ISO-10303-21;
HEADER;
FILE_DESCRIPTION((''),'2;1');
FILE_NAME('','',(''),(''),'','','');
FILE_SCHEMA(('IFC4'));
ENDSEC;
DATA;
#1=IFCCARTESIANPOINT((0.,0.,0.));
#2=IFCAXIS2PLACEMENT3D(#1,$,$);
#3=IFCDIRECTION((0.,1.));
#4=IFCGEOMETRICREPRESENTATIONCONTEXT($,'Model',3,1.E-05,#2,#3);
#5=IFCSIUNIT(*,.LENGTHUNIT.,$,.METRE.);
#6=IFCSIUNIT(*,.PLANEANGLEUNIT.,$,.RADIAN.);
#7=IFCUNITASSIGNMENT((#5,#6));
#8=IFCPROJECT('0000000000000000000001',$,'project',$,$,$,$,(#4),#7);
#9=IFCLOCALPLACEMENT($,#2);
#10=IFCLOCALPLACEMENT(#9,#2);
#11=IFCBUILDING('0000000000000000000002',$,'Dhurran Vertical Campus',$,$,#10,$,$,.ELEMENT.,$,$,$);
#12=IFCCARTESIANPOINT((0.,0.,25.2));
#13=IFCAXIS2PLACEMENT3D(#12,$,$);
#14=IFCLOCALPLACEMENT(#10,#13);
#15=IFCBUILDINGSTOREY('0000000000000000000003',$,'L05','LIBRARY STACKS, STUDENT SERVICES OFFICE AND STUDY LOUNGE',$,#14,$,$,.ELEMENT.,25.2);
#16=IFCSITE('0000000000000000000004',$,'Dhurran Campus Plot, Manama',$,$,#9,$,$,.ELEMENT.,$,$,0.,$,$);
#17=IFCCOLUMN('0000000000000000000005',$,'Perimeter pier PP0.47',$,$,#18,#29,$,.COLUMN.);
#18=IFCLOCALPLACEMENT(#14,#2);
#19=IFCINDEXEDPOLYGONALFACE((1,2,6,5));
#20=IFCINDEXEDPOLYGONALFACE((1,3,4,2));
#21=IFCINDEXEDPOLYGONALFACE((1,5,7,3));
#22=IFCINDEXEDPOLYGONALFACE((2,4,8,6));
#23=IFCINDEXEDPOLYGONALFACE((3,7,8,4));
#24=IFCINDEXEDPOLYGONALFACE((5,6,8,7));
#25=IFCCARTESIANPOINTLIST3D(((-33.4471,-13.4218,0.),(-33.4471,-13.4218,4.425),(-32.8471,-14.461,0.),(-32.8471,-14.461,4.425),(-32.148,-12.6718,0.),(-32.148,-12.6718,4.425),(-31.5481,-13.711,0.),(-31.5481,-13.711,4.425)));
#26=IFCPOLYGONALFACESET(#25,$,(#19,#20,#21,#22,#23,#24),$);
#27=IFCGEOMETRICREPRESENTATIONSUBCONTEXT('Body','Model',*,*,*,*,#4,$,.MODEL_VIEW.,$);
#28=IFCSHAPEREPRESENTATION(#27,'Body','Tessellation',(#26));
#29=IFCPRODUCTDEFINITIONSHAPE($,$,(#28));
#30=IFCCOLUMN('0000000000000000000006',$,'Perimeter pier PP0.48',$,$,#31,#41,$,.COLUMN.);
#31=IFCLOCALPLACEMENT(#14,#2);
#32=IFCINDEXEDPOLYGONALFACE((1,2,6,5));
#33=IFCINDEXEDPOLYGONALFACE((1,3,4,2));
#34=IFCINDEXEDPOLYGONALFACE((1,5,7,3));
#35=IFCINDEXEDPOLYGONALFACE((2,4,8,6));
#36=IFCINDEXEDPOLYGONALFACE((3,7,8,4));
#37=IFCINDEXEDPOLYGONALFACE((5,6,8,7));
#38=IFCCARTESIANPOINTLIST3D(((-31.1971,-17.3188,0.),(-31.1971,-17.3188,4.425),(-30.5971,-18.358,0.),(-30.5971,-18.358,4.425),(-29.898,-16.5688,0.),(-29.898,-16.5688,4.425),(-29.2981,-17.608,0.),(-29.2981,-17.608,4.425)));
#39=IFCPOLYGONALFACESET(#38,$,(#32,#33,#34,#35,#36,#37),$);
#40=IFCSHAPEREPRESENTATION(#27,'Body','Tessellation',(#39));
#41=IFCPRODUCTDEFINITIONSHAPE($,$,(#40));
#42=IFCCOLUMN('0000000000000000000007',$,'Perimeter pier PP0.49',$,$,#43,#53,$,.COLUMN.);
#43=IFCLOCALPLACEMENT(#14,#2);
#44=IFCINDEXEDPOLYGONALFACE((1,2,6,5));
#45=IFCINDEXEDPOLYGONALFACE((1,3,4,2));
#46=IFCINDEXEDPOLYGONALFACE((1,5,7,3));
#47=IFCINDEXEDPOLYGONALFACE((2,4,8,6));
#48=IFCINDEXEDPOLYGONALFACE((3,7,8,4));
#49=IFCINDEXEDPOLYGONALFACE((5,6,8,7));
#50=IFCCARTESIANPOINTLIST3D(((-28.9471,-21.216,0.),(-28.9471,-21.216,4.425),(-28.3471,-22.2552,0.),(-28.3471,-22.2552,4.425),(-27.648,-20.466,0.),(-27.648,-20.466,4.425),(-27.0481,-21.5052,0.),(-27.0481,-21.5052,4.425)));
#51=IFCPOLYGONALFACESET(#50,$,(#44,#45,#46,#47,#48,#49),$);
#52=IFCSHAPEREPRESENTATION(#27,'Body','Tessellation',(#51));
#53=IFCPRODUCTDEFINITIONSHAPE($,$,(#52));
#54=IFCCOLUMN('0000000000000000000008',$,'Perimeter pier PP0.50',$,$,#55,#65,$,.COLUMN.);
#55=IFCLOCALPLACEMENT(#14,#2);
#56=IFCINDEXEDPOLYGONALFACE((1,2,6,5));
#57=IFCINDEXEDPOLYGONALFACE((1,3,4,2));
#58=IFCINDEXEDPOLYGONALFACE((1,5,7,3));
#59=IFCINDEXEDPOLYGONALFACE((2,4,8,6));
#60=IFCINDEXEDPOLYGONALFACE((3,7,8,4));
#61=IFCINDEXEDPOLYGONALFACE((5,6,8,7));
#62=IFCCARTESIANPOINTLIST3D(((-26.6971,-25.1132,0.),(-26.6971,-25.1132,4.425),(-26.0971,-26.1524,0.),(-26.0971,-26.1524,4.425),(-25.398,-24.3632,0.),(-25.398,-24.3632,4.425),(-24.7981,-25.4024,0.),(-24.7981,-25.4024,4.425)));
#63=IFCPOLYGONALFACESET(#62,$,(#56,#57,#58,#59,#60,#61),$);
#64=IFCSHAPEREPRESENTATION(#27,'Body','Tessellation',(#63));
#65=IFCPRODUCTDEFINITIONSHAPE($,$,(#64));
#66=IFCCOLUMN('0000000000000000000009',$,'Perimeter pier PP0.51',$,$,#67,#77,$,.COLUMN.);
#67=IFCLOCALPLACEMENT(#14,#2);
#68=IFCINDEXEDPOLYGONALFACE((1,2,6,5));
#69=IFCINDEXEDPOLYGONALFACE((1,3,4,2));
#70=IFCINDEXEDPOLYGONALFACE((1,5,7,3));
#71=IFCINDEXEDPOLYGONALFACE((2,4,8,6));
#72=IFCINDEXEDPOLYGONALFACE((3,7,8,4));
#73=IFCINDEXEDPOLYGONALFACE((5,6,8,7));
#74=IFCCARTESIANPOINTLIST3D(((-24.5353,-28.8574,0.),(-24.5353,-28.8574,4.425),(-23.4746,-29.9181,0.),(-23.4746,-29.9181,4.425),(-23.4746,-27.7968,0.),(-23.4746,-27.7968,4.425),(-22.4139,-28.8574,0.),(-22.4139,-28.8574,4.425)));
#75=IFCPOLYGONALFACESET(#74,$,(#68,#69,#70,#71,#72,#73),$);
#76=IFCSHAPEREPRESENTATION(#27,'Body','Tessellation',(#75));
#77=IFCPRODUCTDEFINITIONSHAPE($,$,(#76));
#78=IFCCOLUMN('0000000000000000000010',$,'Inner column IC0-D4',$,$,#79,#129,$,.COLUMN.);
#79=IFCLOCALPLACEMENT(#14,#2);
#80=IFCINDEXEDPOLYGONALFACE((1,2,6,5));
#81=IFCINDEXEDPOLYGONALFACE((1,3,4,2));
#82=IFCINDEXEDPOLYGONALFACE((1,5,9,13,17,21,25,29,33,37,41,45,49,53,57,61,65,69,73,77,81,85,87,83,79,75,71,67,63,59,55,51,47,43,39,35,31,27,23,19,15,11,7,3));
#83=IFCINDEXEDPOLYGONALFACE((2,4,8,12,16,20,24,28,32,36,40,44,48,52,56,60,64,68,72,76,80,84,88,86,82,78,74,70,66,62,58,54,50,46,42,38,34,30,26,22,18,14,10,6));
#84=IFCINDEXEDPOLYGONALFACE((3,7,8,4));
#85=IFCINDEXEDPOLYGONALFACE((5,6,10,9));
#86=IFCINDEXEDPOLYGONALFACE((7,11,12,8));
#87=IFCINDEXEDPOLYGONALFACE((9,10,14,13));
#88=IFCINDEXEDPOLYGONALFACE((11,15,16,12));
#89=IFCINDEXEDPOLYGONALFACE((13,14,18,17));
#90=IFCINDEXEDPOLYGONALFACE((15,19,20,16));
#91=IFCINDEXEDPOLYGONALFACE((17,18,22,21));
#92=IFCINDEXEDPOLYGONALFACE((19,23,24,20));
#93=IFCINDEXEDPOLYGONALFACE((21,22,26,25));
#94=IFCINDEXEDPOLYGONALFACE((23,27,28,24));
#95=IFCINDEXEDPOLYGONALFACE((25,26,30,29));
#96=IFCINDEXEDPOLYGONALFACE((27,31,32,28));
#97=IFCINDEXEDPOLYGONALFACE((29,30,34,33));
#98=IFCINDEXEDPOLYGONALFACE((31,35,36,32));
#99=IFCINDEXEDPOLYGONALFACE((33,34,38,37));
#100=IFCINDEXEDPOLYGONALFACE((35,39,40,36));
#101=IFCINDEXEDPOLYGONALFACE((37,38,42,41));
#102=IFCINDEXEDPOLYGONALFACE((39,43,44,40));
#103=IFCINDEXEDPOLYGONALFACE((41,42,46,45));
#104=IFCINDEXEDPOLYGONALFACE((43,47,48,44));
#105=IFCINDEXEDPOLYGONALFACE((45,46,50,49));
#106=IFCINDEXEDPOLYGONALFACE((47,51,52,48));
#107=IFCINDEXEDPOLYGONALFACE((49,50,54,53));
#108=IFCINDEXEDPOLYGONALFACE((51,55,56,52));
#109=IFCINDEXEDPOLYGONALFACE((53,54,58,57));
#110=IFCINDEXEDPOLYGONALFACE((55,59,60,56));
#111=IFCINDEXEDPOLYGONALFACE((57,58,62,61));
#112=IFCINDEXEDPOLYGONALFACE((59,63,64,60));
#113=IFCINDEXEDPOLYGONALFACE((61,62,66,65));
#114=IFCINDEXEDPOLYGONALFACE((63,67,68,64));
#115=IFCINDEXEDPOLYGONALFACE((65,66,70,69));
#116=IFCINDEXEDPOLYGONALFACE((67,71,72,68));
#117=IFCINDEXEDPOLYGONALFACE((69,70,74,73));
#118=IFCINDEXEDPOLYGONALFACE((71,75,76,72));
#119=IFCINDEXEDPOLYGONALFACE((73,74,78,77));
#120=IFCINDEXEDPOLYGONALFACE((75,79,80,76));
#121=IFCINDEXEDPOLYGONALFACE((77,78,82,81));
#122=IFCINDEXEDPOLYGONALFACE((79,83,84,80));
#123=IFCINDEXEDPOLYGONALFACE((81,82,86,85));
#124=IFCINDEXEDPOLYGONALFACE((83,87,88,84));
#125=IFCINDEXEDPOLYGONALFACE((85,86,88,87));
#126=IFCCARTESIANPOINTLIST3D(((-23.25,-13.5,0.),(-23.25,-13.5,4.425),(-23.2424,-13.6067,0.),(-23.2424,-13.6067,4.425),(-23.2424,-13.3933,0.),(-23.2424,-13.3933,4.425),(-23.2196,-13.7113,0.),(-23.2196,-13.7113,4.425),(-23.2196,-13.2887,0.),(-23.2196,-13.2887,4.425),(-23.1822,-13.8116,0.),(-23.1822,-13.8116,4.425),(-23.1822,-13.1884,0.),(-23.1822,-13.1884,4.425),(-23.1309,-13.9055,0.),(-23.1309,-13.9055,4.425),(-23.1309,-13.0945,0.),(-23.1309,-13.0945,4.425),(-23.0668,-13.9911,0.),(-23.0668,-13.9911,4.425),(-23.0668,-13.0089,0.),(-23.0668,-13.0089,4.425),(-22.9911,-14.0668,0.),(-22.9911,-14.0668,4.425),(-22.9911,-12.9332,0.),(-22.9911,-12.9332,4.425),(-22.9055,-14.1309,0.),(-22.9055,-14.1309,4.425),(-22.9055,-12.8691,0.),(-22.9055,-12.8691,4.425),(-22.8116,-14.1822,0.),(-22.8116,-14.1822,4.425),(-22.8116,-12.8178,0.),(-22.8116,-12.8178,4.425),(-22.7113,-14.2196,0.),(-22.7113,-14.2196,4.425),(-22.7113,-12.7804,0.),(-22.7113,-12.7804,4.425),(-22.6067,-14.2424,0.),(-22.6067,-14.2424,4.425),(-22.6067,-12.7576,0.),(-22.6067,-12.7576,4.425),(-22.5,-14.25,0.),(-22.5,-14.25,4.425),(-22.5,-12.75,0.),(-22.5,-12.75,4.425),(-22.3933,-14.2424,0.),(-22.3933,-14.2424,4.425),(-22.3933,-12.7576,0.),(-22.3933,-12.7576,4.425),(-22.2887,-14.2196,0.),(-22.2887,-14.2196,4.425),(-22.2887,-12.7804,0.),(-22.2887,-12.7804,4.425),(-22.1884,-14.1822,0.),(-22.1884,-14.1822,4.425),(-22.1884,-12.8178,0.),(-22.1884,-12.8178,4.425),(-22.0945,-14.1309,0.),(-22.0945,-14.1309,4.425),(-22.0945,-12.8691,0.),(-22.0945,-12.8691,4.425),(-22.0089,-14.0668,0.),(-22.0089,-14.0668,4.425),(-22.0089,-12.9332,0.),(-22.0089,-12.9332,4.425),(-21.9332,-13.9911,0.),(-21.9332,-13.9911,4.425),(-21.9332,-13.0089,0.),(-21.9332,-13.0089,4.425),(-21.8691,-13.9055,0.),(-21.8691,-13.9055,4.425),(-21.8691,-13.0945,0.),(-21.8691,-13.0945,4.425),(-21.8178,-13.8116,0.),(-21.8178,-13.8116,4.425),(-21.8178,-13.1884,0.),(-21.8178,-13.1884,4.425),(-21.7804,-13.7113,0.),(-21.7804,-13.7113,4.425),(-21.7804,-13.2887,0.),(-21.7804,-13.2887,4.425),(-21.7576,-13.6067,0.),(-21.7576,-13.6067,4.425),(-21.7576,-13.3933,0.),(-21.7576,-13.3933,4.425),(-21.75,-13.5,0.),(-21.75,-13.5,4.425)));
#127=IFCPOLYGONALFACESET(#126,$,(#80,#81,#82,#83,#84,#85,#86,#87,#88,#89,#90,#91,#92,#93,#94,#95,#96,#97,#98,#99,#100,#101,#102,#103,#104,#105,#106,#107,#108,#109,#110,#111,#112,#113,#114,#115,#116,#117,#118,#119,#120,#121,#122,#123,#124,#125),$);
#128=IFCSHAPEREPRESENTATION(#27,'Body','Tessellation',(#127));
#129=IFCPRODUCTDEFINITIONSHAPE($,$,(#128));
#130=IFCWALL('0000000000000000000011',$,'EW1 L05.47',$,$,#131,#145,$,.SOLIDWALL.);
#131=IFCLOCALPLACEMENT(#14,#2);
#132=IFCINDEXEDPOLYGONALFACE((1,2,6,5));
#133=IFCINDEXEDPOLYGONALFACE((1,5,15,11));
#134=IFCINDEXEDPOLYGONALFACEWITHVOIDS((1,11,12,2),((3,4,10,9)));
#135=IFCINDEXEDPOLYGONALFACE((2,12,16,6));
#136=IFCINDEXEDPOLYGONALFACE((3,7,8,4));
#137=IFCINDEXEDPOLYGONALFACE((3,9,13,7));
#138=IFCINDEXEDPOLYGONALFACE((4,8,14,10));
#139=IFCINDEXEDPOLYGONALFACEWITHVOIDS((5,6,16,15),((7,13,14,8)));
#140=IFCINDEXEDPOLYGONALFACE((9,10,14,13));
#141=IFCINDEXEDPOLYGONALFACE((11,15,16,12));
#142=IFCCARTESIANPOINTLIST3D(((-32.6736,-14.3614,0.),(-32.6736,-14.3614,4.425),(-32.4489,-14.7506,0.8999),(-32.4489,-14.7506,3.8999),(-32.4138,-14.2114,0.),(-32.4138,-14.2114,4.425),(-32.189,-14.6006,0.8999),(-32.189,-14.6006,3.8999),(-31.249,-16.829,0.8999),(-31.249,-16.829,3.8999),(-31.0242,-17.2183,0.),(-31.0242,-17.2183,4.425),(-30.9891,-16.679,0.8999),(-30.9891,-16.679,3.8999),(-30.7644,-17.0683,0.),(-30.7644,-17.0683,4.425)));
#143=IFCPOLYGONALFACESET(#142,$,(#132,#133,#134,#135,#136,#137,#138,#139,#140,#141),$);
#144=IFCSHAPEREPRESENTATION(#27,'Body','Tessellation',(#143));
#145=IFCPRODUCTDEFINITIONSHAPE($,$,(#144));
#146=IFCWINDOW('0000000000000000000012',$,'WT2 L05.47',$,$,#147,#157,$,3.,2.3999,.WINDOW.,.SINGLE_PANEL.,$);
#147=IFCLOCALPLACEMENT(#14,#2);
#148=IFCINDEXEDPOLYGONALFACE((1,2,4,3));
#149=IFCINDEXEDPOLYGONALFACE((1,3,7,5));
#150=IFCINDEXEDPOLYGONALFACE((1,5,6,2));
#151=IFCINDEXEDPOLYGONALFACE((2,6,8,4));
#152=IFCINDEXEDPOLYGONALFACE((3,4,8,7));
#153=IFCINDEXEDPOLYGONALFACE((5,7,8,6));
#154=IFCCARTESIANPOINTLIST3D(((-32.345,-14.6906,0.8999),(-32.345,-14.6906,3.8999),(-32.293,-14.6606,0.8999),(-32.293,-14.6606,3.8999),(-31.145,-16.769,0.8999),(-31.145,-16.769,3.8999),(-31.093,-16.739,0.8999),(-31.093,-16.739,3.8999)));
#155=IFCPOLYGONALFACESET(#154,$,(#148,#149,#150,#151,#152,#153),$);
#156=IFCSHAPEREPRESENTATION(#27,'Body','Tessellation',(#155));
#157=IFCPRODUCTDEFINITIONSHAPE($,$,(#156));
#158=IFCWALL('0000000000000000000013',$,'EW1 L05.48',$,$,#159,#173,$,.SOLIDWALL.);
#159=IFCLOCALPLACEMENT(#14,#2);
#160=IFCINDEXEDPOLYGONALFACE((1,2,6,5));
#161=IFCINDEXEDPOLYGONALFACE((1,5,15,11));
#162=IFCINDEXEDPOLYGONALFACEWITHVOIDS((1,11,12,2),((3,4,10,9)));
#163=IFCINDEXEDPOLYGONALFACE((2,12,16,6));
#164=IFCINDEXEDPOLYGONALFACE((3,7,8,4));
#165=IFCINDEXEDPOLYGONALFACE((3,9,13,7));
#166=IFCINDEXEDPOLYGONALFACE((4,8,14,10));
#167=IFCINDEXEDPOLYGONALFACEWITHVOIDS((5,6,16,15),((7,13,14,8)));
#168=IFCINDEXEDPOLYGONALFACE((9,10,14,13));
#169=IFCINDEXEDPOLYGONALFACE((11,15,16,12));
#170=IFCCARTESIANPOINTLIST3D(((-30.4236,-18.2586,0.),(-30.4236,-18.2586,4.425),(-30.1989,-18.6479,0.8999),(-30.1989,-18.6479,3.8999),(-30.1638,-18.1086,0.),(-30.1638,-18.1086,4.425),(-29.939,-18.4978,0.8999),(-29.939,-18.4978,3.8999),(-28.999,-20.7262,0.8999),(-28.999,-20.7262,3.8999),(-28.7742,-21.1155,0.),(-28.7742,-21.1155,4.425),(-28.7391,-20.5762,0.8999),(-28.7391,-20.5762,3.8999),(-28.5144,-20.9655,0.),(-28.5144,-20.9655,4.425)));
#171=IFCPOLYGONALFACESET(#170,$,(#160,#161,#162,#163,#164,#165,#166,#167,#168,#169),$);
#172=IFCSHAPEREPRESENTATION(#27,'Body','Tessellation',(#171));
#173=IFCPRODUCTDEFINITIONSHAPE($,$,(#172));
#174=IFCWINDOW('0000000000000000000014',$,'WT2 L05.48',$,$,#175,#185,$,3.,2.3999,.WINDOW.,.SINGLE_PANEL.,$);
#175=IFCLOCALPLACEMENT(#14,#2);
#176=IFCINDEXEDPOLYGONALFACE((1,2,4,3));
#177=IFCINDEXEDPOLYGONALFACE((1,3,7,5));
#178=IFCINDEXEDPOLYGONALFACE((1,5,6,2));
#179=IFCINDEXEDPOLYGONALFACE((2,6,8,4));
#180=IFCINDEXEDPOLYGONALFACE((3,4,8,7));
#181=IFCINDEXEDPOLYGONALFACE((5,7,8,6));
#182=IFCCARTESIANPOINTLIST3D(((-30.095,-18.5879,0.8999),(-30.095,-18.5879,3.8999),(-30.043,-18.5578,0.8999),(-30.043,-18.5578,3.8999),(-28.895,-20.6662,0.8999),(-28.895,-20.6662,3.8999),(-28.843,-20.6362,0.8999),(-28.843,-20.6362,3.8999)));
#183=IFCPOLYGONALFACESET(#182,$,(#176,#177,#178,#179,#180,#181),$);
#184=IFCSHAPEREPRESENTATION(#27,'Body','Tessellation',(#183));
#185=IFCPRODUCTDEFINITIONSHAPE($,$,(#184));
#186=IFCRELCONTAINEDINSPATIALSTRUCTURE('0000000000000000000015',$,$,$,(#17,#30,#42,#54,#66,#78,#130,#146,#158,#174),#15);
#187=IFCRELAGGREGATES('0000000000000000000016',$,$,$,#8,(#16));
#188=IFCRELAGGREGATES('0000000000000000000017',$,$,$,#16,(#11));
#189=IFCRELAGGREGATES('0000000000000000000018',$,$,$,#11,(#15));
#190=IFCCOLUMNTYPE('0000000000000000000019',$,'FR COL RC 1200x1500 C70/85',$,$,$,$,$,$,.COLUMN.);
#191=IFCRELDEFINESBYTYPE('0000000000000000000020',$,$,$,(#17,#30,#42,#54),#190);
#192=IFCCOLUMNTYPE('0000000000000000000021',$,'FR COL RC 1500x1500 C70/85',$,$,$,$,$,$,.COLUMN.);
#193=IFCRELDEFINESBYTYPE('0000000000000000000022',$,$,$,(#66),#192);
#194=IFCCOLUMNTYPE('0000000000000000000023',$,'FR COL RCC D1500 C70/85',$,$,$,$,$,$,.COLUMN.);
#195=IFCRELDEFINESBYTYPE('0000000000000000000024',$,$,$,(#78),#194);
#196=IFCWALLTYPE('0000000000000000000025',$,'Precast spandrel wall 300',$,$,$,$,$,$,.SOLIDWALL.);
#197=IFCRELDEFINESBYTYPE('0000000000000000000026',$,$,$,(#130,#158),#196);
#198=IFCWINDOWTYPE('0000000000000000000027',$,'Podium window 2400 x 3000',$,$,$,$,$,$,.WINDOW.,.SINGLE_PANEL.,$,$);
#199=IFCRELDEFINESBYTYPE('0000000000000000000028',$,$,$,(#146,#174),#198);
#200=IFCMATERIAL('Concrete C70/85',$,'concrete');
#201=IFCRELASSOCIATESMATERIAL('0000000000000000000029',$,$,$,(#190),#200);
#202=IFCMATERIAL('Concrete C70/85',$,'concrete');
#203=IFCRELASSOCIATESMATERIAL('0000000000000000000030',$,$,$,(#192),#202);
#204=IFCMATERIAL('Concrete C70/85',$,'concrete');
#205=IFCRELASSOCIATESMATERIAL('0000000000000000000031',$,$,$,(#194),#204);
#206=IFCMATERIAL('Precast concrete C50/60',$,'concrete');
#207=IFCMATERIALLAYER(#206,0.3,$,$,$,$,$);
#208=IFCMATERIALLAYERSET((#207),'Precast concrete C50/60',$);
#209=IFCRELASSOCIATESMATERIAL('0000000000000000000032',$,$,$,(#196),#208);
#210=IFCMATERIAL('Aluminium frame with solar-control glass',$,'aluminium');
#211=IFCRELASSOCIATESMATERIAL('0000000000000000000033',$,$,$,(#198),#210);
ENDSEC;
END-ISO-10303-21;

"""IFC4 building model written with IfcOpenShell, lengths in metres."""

from ifc_helpers import new_model, si_unit, direction, frame, frame_2d, origin, origin_2d, place, context, subcontext, project, spatial, rectangle, circle, extrude, material, layer, layer_set, material_profile, profile_set, type_object, element, fill, save


model = new_model("IFC4")

# Units and contexts
model_context = context("Model", 3, precision=1e-05, world=origin(), true_north=direction((0.0, 1.0)))
body_context = subcontext(model_context, "Body", "Model", "MODEL_VIEW")
ifc_project = project(units=[si_unit("LENGTHUNIT", "METRE"), si_unit("PLANEANGLEUNIT", "RADIAN")], contexts=[model_context])

# Site, building, storey
site_placement = place(None, origin())
site = spatial("IfcSite", under=ifc_project, at=site_placement, Name="Dhurran Campus Plot, Manama", CompositionType="ELEMENT", RefElevation=0.0)
building_placement = place(site_placement, origin())
building = spatial("IfcBuilding", under=site, at=building_placement, Name="Dhurran Vertical Campus", CompositionType="ELEMENT")
storey_placement = place(building_placement, frame((0.0, 0.0, 25.2)))
storey = spatial("IfcBuildingStorey", under=building, at=storey_placement, Name="L05", Description="LIBRARY STACKS, STUDENT SERVICES OFFICE AND STUDY LOUNGE", CompositionType="ELEMENT", Elevation=25.2)

# Columns
ifc_material_1 = material(Name="Concrete C70/85", Category="concrete")
ifc_material_profile_1 = material_profile(ifc_material_1, rectangle(XDim=1.2, YDim=1.5, at=origin_2d()), Name="RC 1200x1500")
ifc_profile_set_1 = profile_set([ifc_material_profile_1], Name="Concrete C70/85")
column_type_1 = type_object("IfcColumnType", Name="FR COL RC 1200x1500 C70/85", PredefinedType="COLUMN", material=ifc_profile_set_1)
for number, where, z_axis, x_axis, name in (
    (1, (-32.4976, -13.5664, 0.0), (0.0, 0.0, 1.0), (0.5, -0.866025, 0.0), "Perimeter pier PP0.47"),
    (2, (-30.2476, -17.4634, 0.0), (0.0, 0.0, 1.0), (0.5, -0.866025, 0.0), "Perimeter pier PP0.48"),
    (3, (-27.9976, -21.3606, 0.0), (0.0, 0.0, 1.0), (0.5, -0.866025, 0.0), "Perimeter pier PP0.49"),
    (4, (-25.7476, -25.2578, 0.0), (0.0, 0.0, 1.0), (0.5, -0.866025, 0.0), "Perimeter pier PP0.50"),
):
    element("IfcColumn", number, at=place(storey_placement, frame(where, z_axis=z_axis, x_axis=x_axis)), inside=storey, type_object=column_type_1, Name=name, PredefinedType="COLUMN", context=body_context, shape_type="SweptSolid", body=[
        extrude(rectangle(XDim=1.2, YDim=1.5, at=origin_2d()), origin(), (0.0, 0.0, 1.0), 4.425),
    ])
ifc_material_2 = material(Name="Concrete C70/85", Category="concrete")
ifc_material_profile_2 = material_profile(ifc_material_2, rectangle(XDim=1.5, YDim=1.5, at=origin_2d()), Name="RC 1500x1500")
ifc_profile_set_2 = profile_set([ifc_material_profile_2], Name="Concrete C70/85")
column_type_2 = type_object("IfcColumnType", Name="FR COL RC 1500x1500 C70/85", PredefinedType="COLUMN", material=ifc_profile_set_2)
column_1_placement = place(storey_placement, frame((-23.4746, -28.8574, 0.0), z_axis=(0.0, 0.0, 1.0), x_axis=(0.707107, -0.707107, 0.0)))
element("IfcColumn", 5, at=column_1_placement, inside=storey, type_object=column_type_2, Name="Perimeter pier PP0.51", PredefinedType="COLUMN", context=body_context, shape_type="SweptSolid", body=[
    extrude(rectangle(XDim=1.5, YDim=1.5, at=origin_2d()), origin(), (0.0, 0.0, 1.0), 4.425),
])
ifc_material_3 = material(Name="Concrete C70/85", Category="concrete")
ifc_material_profile_3 = material_profile(ifc_material_3, circle(Radius=0.75, at=origin_2d()), Name="RCC D1500")
ifc_profile_set_3 = profile_set([ifc_material_profile_3], Name="Concrete C70/85")
column_type_3 = type_object("IfcColumnType", Name="FR COL RCC D1500 C70/85", PredefinedType="COLUMN", material=ifc_profile_set_3)
column_2_placement = place(storey_placement, frame((-22.5, -13.5, 0.0), z_axis=(0.0, 0.0, 1.0), x_axis=(1.0, 0.0, 0.0)))
element("IfcColumn", 6, at=column_2_placement, inside=storey, type_object=column_type_3, Name="Inner column IC0-D4", PredefinedType="COLUMN", context=body_context, shape_type="SweptSolid", body=[
    extrude(circle(Radius=0.75, at=origin_2d()), origin(), (0.0, 0.0, 1.0), 4.425),
])

# Walls, openings, windows
ifc_material_4 = material(Name="Precast concrete C50/60", Category="concrete")
ifc_layer_1 = layer(ifc_material_4, 0.3)
ifc_layer_set_1 = layer_set([ifc_layer_1], Name="Precast concrete C50/60")
wall_type_1 = type_object("IfcWallType", Name="Precast spandrel wall 300", PredefinedType="SOLIDWALL", material=ifc_layer_set_1)
wall_1_placement = place(storey_placement, frame((-32.5437, -14.2864, 0.0), z_axis=(0.0, 0.0, 1.0), x_axis=(0.499992, -0.86603, 0.0)))
wall_1 = element("IfcWall", 7, at=wall_1_placement, inside=storey, type_object=wall_type_1, Name="EW1 L05.47", PredefinedType="SOLIDWALL", context=body_context, shape_type="SweptSolid", body=[
    extrude(rectangle(XDim=3.2988, YDim=0.3, at=frame_2d((1.6494, 0.0))), origin(), (0.0, 0.0, 1.0), 4.425),
])
opening_1_placement = place(wall_1_placement, frame((0.4495, 0.0, 0.8999)))
opening_1 = element("IfcOpeningElement", 8, at=opening_1_placement, cuts=wall_1, PredefinedType="OPENING", context=body_context, shape_type="SweptSolid", body=[
    extrude(rectangle(XDim=2.3999, YDim=3.0, at=frame_2d((1.2, 1.5))), frame((0.0, 0.1599, 0.0), z_axis=(0.0, -1.0, 0.0), x_axis=(1.0, 0.0, 0.0)), (0.0, 0.0, 1.0), 0.3201),
])
ifc_material_5 = material(Name="Aluminium frame with solar-control glass", Category="aluminium")
window_type = type_object("IfcWindowType", Name="Podium window 2400 x 3000", PartitioningType="SINGLE_PANEL", PredefinedType="WINDOW", material=ifc_material_5)
window_1_placement = place(opening_1_placement, origin())
window_1 = element("IfcWindow", 9, at=window_1_placement, inside=storey, type_object=window_type, Name="WT2 L05.47", OverallHeight=3.0, OverallWidth=2.3999, PartitioningType="SINGLE_PANEL", PredefinedType="WINDOW", context=body_context, shape_type="SweptSolid", body=[
    extrude(rectangle(XDim=2.3999, YDim=3.0, at=frame_2d((1.2, 1.5))), frame((0.0, 0.03, 0.0), z_axis=(0.0, -1.0, 0.0), x_axis=(1.0, 0.0, 0.0)), (0.0, 0.0, 1.0), 0.0601),
])
fill(opening_1, window_1)
wall_2_placement = place(storey_placement, frame((-30.2937, -18.1836, 0.0), z_axis=(0.0, 0.0, 1.0), x_axis=(0.499992, -0.86603, 0.0)))
wall_2 = element("IfcWall", 10, at=wall_2_placement, inside=storey, type_object=wall_type_1, Name="EW1 L05.48", PredefinedType="SOLIDWALL", context=body_context, shape_type="SweptSolid", body=[
    extrude(rectangle(XDim=3.2988, YDim=0.3, at=frame_2d((1.6494, 0.0))), origin(), (0.0, 0.0, 1.0), 4.425),
])
opening_2_placement = place(wall_2_placement, frame((0.4495, 0.0, 0.8999)))
opening_2 = element("IfcOpeningElement", 11, at=opening_2_placement, cuts=wall_2, PredefinedType="OPENING", context=body_context, shape_type="SweptSolid", body=[
    extrude(rectangle(XDim=2.3999, YDim=3.0, at=frame_2d((1.2, 1.5))), frame((0.0, 0.1599, 0.0), z_axis=(0.0, -1.0, 0.0), x_axis=(1.0, 0.0, 0.0)), (0.0, 0.0, 1.0), 0.3201),
])
window_2_placement = place(opening_2_placement, origin())
window_2 = element("IfcWindow", 12, at=window_2_placement, inside=storey, type_object=window_type, Name="WT2 L05.48", OverallHeight=3.0, OverallWidth=2.3999, PartitioningType="SINGLE_PANEL", PredefinedType="WINDOW", context=body_context, shape_type="SweptSolid", body=[
    extrude(rectangle(XDim=2.3999, YDim=3.0, at=frame_2d((1.2, 1.5))), frame((0.0, 0.03, 0.0), z_axis=(0.0, -1.0, 0.0), x_axis=(1.0, 0.0, 0.0)), (0.0, 0.0, 1.0), 0.0601),
])
fill(opening_2, window_2)

save(model, "model.ifc")
